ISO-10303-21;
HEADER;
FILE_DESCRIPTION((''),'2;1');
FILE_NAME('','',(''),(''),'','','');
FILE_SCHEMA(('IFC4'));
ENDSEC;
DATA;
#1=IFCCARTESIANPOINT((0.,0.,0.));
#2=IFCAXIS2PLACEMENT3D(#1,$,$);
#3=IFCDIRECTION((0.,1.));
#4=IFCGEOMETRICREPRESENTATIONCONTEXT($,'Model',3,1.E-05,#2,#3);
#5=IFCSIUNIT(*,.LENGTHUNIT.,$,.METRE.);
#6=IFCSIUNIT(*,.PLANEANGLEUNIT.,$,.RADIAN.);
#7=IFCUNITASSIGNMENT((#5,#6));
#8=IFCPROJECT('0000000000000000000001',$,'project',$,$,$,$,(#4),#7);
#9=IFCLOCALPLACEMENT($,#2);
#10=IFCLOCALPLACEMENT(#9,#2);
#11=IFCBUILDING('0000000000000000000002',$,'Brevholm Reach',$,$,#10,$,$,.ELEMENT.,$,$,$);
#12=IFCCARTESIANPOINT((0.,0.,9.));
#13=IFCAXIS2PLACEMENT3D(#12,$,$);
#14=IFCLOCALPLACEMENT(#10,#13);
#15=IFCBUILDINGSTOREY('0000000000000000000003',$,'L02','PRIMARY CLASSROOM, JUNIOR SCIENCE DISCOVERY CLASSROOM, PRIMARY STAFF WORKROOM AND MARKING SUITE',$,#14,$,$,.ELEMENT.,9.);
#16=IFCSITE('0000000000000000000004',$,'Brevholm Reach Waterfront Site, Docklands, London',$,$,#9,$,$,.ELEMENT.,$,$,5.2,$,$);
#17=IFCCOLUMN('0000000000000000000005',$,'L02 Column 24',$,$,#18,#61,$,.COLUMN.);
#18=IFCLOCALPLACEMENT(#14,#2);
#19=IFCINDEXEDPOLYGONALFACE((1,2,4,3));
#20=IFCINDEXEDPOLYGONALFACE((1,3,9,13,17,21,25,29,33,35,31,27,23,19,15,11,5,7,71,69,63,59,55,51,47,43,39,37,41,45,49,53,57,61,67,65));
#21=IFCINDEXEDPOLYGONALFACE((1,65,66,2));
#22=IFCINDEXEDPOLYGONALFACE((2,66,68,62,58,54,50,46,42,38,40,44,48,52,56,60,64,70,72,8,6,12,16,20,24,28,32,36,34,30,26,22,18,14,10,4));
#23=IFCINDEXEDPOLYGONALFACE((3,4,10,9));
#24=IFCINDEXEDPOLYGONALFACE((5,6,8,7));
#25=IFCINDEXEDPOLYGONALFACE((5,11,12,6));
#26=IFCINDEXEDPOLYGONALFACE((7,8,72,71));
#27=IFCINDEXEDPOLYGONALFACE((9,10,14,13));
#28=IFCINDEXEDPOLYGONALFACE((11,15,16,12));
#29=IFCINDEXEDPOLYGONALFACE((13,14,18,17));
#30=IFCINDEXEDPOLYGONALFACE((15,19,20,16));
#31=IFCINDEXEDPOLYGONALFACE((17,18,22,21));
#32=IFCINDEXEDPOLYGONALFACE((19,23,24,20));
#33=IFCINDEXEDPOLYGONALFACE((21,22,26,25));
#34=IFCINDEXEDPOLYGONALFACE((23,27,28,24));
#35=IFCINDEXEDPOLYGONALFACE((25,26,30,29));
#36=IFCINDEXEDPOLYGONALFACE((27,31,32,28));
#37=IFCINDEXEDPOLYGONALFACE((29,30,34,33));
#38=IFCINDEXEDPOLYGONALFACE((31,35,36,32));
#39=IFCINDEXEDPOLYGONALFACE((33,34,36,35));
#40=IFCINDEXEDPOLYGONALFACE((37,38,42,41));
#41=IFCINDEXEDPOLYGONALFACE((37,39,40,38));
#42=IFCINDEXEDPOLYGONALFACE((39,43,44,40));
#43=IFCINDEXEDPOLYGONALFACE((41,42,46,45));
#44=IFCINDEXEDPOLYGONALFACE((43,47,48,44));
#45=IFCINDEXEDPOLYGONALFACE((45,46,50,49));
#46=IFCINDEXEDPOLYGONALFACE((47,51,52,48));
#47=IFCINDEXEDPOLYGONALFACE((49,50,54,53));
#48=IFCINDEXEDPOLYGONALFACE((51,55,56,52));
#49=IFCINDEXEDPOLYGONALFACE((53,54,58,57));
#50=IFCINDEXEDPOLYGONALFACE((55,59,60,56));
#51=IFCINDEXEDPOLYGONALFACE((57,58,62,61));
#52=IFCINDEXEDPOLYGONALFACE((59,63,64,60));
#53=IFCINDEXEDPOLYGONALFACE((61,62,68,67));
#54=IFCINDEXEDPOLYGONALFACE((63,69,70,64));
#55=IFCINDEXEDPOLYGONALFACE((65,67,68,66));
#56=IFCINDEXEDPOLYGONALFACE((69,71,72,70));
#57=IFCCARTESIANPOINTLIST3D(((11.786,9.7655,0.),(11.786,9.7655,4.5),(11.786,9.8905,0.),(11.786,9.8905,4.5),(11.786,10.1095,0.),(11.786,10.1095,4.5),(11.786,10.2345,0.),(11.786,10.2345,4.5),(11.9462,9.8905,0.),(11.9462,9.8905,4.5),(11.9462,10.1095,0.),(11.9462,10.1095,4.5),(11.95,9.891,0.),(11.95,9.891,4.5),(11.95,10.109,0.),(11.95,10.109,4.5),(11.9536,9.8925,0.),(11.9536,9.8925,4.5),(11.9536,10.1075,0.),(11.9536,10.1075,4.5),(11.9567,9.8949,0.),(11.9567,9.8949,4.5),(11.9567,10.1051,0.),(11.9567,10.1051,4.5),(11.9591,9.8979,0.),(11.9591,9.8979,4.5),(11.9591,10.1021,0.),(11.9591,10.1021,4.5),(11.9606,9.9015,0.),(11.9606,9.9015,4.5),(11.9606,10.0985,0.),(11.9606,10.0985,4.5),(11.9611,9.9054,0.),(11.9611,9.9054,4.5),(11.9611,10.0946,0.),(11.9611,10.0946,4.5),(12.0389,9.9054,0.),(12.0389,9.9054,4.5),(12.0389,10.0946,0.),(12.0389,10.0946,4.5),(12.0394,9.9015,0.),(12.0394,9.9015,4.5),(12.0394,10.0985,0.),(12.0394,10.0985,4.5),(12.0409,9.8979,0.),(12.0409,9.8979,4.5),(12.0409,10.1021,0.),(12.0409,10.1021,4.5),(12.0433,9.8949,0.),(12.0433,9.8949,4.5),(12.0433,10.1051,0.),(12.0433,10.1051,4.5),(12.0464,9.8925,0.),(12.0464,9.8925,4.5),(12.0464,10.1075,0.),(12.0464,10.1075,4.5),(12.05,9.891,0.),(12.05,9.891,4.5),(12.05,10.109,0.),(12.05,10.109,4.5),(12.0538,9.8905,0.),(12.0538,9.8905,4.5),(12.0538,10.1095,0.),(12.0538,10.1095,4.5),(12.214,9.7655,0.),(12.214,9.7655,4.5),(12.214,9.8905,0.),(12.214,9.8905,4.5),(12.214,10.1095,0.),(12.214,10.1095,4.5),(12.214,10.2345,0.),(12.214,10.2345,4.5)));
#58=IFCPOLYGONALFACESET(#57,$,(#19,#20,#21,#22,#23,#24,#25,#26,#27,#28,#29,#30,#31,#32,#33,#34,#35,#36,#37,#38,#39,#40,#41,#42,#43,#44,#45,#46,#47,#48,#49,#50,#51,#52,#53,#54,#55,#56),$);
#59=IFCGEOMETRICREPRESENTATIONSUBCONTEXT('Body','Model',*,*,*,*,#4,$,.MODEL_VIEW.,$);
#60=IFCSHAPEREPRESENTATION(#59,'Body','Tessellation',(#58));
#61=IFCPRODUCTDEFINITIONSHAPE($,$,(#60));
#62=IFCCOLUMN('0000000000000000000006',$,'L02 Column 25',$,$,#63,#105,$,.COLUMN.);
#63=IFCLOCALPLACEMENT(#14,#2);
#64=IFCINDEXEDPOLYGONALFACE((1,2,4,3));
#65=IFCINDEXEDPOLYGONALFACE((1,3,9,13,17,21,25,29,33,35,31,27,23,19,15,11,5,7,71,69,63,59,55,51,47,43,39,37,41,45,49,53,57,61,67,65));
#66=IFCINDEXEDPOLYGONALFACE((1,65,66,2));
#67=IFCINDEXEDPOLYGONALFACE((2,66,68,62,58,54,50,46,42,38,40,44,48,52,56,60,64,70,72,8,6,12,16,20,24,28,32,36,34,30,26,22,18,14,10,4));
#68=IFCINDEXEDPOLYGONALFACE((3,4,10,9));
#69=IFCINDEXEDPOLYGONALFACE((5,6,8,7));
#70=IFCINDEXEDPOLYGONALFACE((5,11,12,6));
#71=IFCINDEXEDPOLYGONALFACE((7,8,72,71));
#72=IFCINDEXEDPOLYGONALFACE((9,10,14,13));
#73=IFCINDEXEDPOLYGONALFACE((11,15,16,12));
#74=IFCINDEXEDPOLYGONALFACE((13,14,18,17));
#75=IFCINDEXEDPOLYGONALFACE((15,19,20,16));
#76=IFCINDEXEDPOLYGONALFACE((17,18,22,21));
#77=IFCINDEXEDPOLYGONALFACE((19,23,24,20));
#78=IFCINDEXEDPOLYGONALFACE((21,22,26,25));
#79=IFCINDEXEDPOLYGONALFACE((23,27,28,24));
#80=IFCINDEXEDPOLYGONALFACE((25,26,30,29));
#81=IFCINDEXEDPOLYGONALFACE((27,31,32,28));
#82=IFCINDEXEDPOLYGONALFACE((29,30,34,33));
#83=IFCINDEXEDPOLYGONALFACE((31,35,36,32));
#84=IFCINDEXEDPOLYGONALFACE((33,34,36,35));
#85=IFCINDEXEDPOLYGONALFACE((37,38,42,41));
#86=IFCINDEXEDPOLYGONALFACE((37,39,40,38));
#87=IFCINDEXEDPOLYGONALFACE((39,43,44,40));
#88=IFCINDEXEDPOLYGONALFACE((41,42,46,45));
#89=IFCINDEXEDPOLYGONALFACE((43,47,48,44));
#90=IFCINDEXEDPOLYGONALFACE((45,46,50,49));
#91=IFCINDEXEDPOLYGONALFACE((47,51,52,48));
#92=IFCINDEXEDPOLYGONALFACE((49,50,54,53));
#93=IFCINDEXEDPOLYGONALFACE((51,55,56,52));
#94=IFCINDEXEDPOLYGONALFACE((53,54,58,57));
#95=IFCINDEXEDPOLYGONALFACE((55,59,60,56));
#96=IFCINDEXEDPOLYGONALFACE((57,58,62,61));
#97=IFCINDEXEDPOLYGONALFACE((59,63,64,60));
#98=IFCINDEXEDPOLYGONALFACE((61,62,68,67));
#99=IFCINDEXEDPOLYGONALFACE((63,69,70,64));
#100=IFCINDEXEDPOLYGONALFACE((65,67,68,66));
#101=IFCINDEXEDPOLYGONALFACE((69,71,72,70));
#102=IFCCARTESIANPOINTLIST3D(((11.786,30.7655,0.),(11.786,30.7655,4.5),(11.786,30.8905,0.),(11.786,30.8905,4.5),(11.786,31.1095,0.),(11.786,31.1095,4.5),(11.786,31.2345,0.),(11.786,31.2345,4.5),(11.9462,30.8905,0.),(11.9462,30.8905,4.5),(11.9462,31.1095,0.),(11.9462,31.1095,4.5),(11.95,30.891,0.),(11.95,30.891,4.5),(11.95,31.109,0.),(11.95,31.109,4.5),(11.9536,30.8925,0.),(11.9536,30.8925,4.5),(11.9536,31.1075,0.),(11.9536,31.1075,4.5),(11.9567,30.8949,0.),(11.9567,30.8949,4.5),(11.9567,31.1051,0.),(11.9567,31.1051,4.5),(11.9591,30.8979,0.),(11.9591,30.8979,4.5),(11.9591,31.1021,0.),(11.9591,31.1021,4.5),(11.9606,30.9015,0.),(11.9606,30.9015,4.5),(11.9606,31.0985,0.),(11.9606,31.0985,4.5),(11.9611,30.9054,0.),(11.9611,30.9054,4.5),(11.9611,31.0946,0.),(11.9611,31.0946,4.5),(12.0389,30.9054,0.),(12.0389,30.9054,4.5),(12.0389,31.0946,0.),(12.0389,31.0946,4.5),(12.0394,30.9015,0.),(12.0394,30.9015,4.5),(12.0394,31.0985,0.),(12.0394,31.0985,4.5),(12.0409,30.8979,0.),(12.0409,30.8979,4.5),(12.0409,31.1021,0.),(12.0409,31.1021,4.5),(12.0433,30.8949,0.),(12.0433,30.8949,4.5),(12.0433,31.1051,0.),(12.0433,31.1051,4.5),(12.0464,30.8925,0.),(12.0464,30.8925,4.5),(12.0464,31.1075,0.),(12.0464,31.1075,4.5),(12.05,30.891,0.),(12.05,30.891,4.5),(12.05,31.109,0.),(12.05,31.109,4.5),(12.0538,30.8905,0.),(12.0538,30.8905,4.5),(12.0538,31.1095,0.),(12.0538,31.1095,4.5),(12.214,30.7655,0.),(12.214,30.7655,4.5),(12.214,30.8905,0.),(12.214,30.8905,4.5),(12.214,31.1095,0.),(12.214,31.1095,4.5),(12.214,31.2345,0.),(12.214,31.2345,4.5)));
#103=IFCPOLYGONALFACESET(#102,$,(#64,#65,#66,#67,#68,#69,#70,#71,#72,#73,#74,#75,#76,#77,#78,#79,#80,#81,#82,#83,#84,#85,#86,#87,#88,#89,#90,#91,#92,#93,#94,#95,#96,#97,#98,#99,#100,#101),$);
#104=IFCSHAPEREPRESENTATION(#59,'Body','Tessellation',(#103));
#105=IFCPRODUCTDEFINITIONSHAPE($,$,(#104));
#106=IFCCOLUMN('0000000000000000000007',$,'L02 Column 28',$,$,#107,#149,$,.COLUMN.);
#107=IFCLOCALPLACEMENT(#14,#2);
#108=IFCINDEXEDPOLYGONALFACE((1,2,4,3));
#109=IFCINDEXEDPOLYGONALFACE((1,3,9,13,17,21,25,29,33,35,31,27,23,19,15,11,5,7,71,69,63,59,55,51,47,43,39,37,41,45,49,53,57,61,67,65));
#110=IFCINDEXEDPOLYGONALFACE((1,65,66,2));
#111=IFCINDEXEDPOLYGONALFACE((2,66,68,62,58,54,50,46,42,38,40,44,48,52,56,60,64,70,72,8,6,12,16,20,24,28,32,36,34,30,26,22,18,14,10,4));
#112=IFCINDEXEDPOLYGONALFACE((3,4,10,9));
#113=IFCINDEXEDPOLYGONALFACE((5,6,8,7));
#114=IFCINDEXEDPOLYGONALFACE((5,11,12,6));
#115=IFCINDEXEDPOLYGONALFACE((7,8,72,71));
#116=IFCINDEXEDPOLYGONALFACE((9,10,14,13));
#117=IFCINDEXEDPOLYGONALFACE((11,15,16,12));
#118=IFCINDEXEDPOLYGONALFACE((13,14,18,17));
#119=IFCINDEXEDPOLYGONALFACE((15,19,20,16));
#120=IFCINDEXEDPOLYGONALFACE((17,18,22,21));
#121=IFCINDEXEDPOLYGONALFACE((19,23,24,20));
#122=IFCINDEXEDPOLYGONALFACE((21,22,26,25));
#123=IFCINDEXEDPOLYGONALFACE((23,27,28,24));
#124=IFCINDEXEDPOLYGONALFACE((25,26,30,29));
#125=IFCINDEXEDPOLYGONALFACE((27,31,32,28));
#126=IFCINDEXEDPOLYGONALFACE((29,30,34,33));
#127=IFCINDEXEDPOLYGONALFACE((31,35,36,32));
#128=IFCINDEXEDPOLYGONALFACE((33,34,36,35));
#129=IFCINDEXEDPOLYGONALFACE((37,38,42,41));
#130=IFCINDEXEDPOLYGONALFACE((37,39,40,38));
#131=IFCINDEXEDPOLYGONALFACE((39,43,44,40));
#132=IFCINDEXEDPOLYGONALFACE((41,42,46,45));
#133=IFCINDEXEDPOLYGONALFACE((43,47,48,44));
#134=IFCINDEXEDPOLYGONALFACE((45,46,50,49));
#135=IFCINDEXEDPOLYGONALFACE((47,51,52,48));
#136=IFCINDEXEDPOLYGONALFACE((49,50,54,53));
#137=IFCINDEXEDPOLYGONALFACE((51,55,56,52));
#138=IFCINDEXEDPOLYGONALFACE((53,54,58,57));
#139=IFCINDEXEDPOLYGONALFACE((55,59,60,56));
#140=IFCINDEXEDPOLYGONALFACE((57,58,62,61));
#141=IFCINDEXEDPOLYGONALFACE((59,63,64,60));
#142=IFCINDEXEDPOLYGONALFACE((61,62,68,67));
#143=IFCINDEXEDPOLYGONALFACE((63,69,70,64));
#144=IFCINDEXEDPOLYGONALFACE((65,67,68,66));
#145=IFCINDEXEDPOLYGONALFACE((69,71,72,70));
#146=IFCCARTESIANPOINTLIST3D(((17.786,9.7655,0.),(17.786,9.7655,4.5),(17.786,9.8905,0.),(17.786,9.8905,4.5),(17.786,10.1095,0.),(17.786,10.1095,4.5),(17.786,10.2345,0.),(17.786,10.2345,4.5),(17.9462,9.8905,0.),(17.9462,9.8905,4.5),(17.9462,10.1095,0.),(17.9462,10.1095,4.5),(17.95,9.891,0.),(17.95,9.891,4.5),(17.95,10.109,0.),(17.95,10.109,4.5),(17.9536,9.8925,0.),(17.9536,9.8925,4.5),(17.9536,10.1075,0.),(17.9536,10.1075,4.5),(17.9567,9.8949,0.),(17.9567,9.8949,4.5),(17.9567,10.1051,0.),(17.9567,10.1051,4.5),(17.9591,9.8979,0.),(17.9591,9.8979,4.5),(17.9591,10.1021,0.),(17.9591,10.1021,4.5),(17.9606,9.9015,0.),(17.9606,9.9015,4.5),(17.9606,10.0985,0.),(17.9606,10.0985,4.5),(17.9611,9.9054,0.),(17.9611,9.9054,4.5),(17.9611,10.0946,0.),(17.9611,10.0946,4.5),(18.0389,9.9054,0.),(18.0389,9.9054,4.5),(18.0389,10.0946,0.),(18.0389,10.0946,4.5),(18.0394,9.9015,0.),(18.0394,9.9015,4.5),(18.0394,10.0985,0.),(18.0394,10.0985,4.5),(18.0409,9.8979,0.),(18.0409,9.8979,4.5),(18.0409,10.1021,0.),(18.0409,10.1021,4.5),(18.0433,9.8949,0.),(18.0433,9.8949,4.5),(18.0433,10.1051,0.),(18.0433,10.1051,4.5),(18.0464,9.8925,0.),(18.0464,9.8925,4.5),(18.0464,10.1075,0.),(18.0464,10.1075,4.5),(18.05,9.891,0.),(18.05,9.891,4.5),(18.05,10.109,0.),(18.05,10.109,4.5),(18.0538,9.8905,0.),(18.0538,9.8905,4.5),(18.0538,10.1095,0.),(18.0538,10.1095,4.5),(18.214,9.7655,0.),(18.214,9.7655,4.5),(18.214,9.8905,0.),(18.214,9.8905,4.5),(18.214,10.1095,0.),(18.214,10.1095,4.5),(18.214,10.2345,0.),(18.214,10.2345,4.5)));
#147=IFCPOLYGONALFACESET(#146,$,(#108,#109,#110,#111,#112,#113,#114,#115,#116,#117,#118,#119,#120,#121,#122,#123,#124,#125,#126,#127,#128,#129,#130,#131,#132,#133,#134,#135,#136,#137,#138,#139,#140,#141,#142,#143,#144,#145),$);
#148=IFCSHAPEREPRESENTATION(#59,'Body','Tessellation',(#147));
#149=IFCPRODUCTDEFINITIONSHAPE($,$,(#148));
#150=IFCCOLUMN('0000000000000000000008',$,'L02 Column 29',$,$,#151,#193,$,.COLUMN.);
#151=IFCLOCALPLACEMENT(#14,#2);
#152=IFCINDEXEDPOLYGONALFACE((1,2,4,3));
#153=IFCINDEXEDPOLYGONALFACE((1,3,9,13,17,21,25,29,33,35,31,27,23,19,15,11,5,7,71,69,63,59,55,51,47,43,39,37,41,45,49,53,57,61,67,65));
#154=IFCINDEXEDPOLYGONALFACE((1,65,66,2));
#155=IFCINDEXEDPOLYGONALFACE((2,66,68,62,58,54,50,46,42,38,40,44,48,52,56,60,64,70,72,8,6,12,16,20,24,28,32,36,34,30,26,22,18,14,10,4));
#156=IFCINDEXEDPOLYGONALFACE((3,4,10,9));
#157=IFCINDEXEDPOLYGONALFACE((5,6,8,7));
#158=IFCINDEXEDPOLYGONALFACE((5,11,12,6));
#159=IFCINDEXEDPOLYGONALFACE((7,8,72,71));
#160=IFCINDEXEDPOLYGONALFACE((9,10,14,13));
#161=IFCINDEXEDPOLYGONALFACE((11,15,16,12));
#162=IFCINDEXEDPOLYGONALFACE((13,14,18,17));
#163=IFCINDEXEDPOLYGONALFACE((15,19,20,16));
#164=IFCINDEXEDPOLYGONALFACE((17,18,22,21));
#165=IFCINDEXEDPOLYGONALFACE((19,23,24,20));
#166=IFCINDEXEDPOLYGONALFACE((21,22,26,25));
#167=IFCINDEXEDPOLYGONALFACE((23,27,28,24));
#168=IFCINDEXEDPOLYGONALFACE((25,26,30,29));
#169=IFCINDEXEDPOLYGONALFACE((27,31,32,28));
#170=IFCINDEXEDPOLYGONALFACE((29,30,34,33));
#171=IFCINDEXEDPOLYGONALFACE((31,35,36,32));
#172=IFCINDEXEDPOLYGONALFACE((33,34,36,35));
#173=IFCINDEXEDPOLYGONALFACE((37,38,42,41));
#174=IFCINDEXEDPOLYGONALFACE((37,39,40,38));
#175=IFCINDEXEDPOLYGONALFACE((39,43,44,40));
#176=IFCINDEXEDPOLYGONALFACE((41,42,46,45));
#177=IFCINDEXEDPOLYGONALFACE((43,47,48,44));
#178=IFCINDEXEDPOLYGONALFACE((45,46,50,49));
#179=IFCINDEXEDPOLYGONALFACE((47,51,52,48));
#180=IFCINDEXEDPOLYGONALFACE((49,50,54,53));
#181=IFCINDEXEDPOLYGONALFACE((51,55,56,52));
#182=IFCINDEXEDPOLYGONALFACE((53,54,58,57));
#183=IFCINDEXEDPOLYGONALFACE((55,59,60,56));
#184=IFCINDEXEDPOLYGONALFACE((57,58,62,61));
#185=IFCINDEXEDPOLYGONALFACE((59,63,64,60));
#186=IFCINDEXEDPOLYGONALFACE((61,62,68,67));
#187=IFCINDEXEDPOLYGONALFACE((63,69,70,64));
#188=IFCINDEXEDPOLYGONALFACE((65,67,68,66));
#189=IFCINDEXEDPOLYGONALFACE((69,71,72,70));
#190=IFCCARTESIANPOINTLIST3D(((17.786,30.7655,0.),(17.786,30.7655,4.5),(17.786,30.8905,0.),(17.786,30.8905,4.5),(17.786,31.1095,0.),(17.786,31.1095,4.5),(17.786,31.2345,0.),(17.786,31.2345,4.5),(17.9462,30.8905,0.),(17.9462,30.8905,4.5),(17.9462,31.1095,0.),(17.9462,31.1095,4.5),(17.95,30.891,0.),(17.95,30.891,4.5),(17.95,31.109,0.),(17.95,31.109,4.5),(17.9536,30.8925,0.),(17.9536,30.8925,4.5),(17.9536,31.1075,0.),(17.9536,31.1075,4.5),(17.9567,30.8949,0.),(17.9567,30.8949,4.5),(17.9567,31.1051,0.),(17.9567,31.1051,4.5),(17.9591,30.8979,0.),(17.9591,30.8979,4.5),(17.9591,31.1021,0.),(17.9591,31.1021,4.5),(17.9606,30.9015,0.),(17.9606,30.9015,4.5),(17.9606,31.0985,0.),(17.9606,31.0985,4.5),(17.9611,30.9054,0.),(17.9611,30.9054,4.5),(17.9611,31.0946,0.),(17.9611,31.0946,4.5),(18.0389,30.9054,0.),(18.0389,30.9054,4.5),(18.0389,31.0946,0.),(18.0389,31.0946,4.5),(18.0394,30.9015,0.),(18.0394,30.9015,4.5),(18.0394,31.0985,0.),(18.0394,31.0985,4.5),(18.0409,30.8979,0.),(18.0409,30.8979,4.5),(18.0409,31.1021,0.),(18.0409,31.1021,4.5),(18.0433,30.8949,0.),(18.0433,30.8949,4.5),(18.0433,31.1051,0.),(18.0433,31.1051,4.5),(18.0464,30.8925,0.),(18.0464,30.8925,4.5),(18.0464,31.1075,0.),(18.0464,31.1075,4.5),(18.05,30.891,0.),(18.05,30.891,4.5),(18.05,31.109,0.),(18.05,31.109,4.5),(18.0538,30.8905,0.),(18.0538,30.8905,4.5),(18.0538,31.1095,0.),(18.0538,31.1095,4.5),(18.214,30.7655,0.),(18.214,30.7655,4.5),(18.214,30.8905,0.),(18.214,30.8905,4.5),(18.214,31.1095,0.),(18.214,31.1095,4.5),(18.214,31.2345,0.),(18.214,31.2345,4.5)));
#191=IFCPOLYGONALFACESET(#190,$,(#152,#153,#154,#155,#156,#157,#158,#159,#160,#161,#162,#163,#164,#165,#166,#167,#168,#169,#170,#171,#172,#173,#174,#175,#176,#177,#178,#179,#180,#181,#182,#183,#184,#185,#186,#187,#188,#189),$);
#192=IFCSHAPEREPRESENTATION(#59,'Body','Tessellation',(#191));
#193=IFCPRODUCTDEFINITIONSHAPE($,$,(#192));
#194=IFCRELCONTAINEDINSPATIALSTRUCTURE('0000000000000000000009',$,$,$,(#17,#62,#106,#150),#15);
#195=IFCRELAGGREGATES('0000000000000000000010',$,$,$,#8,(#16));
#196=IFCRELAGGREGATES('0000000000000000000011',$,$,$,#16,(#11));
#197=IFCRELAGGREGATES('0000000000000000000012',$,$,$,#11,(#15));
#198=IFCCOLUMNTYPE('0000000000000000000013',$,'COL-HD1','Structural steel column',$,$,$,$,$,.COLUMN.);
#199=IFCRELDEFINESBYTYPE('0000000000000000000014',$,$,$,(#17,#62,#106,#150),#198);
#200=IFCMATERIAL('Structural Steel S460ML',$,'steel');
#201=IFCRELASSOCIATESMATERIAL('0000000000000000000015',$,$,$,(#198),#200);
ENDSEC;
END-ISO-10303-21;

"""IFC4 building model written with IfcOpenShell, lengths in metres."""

from ifc_helpers import new_model, si_unit, direction, frame, origin, origin_2d, place, context, subcontext, project, spatial, i_section, extrude, material, material_profile, profile_set, type_object, element, save


model = new_model("IFC4")

# Units and contexts
model_context = context("Model", 3, precision=1e-05, world=origin(), true_north=direction((0.0, 1.0)))
body_context = subcontext(model_context, "Body", "Model", "MODEL_VIEW")
ifc_project = project(units=[si_unit("LENGTHUNIT", "METRE"), si_unit("PLANEANGLEUNIT", "RADIAN")], contexts=[model_context])

# Site, building, storey
site_placement = place(None, origin())
site = spatial("IfcSite", under=ifc_project, at=site_placement, Name="Brevholm Reach Waterfront Site, Docklands, London", CompositionType="ELEMENT", RefElevation=5.2)
building_placement = place(site_placement, origin())
building = spatial("IfcBuilding", under=site, at=building_placement, Name="Brevholm Reach", CompositionType="ELEMENT")
storey_placement = place(building_placement, frame((0.0, 0.0, 9.0)))
storey = spatial("IfcBuildingStorey", under=building, at=storey_placement, Name="L02", Description="PRIMARY CLASSROOM, JUNIOR SCIENCE DISCOVERY CLASSROOM, PRIMARY STAFF WORKROOM AND MARKING SUITE", CompositionType="ELEMENT", Elevation=9.0)

# Columns
ifc_material_1 = material(Name="Structural Steel S460ML", Category="steel")
ifc_material_profile_1 = material_profile(ifc_material_1, i_section(OverallWidth=0.428, OverallDepth=0.469, WebThickness=0.0779, FlangeThickness=0.125, FilletRadius=0.0149, at=origin_2d()), Name="HD 400x1086")
ifc_profile_set_1 = profile_set([ifc_material_profile_1], Name="Structural Steel S460ML")
column_type = type_object("IfcColumnType", Name="COL-HD1", Description="Structural steel column", PredefinedType="COLUMN", material=ifc_profile_set_1)
for number, where, z_axis, x_axis, name in (
    (1, (12.0, 10.0, 0.0), (0.0, 0.0, 1.0), (1.0, 0.0, 0.0), "L02 Column 24"),
    (2, (12.0, 31.0, 0.0), (0.0, 0.0, 1.0), (1.0, 0.0, 0.0), "L02 Column 25"),
    (3, (18.0, 10.0, 0.0), (0.0, 0.0, 1.0), (1.0, 0.0, 0.0), "L02 Column 28"),
    (4, (18.0, 31.0, 0.0), (0.0, 0.0, 1.0), (1.0, 0.0, 0.0), "L02 Column 29"),
):
    element("IfcColumn", number, at=place(storey_placement, frame(where, z_axis=z_axis, x_axis=x_axis)), inside=storey, type_object=column_type, Name=name, PredefinedType="COLUMN", context=body_context, shape_type="SweptSolid", body=[
        extrude(i_section(OverallWidth=0.428, OverallDepth=0.469, WebThickness=0.0779, FlangeThickness=0.125, FilletRadius=0.0149, at=origin_2d()), origin(), (0.0, 0.0, 1.0), 4.5),
    ])

save(model, "model.ifc")
